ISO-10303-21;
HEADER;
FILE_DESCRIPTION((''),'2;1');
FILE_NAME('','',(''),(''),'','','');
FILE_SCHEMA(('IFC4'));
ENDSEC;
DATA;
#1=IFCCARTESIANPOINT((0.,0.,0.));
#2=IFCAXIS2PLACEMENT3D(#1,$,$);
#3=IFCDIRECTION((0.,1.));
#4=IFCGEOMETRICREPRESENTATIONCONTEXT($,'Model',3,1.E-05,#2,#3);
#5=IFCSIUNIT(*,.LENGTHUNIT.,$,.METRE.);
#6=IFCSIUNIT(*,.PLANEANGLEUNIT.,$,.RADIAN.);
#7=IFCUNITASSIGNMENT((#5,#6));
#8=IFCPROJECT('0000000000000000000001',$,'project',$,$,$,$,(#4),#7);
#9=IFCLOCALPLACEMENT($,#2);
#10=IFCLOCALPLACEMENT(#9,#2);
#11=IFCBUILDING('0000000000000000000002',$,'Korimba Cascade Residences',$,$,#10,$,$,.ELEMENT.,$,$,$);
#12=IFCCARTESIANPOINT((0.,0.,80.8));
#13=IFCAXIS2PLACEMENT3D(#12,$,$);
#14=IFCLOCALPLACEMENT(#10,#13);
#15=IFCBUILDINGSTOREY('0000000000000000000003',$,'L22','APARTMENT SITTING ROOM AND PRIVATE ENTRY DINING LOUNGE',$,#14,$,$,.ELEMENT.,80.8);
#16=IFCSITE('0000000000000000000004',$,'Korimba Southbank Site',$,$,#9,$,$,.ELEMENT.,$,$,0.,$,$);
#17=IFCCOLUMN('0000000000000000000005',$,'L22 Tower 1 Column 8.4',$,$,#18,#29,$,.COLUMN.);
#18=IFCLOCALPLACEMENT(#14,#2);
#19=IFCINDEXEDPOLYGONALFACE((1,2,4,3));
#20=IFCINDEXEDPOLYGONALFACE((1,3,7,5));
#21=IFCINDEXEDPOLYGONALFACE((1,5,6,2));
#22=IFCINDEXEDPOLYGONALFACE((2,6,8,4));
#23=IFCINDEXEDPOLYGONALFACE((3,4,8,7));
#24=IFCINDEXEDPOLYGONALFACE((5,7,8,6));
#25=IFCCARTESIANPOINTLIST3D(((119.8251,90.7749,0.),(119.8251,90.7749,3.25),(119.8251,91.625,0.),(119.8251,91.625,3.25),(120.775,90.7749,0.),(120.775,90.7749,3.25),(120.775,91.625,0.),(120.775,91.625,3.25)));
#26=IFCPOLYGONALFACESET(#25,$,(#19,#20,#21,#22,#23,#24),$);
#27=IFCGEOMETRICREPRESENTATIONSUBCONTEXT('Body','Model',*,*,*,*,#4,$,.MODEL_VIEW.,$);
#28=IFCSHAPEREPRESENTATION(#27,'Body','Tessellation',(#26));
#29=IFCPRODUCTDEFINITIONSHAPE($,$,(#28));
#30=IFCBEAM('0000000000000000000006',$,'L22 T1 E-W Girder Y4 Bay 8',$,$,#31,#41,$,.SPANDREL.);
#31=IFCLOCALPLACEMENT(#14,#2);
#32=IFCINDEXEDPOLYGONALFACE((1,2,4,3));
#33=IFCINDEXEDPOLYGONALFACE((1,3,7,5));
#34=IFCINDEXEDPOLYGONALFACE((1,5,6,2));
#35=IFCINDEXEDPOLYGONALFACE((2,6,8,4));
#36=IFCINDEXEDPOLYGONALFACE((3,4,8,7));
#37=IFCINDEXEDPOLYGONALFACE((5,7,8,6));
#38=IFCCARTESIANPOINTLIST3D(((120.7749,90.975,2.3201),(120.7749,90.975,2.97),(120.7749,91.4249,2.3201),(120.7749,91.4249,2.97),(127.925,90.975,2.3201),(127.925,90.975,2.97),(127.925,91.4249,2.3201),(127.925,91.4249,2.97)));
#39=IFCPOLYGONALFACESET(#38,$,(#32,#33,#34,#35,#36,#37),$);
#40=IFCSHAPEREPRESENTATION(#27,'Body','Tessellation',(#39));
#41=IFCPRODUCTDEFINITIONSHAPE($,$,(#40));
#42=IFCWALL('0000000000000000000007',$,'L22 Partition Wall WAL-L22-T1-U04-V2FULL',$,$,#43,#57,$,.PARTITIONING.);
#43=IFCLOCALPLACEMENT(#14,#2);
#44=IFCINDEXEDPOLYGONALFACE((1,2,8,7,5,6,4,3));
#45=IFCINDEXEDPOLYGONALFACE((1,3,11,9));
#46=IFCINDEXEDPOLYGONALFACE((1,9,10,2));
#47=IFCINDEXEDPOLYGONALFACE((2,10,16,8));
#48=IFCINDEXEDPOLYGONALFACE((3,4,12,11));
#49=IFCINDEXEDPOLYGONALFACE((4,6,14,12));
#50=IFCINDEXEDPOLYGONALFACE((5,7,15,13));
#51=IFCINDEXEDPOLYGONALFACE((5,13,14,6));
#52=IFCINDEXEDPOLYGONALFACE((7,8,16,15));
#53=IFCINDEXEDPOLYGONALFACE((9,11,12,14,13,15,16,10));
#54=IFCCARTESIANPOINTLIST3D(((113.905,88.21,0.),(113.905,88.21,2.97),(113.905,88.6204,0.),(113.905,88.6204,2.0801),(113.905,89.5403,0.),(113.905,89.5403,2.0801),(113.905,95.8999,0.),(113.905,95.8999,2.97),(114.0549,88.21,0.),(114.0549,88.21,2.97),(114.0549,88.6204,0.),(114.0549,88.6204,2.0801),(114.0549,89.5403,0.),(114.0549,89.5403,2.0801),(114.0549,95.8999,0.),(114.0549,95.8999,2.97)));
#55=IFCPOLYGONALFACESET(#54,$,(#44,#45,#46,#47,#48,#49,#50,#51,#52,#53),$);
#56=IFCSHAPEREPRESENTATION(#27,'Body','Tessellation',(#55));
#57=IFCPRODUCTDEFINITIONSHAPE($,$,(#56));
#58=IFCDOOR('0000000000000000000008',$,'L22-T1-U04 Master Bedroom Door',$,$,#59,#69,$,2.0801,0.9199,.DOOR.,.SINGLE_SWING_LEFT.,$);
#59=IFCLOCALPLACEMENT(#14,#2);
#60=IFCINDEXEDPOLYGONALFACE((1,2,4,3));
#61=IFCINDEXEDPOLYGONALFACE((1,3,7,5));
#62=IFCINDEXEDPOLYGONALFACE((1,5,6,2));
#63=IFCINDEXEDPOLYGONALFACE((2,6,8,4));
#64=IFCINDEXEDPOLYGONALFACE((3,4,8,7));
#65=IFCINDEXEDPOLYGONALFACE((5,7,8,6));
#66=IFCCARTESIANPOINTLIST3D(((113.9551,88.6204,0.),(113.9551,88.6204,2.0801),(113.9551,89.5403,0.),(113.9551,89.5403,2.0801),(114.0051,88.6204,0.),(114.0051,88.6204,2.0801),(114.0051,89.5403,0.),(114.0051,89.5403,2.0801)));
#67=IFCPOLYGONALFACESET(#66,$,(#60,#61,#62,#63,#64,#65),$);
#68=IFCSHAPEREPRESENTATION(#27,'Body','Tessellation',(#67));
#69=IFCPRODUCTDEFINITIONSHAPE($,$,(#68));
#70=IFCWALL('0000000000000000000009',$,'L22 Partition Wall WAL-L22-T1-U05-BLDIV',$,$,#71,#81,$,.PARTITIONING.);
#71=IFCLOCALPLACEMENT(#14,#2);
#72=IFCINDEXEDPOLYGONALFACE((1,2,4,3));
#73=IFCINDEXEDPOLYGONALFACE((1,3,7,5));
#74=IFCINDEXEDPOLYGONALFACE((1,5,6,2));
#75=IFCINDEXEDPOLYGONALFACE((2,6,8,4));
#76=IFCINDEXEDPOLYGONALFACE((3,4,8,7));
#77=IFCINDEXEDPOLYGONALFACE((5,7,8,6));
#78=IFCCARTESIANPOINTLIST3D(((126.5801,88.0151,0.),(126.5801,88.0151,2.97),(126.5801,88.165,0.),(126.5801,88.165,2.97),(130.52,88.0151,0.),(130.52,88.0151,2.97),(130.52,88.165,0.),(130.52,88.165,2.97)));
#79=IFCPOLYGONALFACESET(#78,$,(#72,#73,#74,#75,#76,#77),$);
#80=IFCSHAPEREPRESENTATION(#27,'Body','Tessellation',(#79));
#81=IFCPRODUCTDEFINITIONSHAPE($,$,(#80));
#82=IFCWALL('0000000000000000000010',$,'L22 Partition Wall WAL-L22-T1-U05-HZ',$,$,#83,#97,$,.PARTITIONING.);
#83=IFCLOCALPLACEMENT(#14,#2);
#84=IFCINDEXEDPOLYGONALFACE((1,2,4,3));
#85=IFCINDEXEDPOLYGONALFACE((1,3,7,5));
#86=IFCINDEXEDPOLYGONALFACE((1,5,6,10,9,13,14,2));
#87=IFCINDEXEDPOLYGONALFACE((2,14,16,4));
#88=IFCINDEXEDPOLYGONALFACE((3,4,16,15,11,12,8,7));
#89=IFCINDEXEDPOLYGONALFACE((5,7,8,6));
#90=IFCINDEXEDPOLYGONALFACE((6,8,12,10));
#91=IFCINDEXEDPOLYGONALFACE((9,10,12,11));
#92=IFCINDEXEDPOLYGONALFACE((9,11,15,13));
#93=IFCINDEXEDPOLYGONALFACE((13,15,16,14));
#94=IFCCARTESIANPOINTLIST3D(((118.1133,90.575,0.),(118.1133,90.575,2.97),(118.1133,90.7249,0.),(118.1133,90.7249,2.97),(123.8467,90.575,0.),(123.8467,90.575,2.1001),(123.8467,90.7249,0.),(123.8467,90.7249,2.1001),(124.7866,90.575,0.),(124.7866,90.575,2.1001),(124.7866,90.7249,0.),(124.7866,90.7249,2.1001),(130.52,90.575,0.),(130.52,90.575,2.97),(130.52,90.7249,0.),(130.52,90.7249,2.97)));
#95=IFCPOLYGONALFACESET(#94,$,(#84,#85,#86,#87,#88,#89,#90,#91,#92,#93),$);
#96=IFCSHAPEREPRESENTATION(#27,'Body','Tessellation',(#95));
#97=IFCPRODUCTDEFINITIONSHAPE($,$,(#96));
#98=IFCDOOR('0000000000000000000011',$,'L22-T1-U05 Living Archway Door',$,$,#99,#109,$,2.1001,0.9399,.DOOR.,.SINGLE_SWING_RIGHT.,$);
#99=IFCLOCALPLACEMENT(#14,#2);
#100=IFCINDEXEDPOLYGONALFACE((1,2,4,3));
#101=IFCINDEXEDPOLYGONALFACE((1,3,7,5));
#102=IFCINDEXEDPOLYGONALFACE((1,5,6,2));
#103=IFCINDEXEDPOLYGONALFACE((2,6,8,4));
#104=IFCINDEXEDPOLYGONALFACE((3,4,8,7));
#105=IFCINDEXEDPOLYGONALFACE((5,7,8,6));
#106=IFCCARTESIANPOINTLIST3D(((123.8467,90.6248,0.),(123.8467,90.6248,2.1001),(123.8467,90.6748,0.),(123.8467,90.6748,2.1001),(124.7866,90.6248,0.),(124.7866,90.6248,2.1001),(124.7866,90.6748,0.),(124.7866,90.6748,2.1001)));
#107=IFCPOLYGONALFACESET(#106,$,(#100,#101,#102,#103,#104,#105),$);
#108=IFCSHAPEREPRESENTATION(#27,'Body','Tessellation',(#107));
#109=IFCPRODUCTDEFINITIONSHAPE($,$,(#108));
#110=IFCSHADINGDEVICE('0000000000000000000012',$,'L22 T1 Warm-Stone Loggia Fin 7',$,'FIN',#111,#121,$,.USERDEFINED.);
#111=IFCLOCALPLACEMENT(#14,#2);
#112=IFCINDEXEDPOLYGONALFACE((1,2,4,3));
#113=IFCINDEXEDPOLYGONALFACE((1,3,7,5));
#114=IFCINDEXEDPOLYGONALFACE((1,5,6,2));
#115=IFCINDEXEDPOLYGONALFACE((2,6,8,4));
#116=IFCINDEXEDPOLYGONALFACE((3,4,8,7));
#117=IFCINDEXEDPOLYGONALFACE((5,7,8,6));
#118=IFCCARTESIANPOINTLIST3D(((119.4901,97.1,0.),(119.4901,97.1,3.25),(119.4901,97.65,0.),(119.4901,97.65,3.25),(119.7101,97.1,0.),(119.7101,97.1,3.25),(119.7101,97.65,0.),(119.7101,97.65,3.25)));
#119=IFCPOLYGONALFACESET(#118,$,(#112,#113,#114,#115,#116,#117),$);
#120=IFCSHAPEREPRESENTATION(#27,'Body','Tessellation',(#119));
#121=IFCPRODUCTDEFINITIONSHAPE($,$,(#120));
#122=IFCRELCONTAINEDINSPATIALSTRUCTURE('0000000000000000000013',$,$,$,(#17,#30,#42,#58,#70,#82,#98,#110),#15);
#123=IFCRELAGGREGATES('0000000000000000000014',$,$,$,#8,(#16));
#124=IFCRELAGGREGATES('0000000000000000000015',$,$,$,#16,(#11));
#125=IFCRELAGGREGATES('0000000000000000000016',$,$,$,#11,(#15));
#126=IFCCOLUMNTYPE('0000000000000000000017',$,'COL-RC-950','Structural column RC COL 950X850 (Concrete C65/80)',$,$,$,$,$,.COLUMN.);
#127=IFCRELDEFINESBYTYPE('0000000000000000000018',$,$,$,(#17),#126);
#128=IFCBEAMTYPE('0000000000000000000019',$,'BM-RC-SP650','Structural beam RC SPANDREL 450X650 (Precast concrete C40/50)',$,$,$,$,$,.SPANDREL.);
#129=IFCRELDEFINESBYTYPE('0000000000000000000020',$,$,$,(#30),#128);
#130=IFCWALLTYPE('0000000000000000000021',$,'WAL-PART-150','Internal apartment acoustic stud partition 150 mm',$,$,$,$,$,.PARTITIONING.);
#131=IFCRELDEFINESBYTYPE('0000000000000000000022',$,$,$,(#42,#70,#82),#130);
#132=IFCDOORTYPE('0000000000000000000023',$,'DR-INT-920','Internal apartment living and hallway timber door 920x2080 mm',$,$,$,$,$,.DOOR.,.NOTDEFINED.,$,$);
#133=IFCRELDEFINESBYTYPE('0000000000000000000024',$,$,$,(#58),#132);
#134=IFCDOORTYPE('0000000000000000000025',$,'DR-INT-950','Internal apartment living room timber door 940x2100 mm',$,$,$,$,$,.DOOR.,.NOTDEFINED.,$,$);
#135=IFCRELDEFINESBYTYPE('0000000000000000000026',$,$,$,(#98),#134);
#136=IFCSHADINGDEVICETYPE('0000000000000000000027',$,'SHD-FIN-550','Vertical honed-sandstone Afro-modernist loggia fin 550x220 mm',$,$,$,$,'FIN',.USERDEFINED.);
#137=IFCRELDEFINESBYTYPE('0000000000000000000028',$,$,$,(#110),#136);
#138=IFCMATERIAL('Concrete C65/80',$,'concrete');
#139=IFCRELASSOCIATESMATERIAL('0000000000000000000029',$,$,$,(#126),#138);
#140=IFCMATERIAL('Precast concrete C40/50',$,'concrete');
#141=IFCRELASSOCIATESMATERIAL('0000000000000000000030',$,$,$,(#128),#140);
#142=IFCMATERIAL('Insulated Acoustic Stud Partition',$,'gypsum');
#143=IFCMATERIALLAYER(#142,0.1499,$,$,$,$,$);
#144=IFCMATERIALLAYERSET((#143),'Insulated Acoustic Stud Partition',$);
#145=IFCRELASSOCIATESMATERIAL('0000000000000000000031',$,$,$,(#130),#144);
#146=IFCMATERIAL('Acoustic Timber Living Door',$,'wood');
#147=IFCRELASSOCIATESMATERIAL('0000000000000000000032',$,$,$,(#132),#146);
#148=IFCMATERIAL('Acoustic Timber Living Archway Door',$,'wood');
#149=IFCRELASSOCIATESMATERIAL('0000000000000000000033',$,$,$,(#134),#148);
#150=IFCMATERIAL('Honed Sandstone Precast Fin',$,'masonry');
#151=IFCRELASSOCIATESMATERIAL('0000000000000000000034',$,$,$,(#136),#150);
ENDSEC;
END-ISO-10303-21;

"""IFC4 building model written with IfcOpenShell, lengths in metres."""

from ifc_helpers import new_model, si_unit, direction, frame, frame_2d, origin, origin_2d, place, context, subcontext, project, spatial, rectangle, extrude, material, layer, layer_set, material_profile, profile_set, type_object, element, fill, save


model = new_model("IFC4")

# Units and contexts
model_context = context("Model", 3, precision=1e-05, world=origin(), true_north=direction((0.0, 1.0)))
body_context = subcontext(model_context, "Body", "Model", "MODEL_VIEW")
ifc_project = project(units=[si_unit("LENGTHUNIT", "METRE"), si_unit("PLANEANGLEUNIT", "RADIAN")], contexts=[model_context])

# Site, building, storey
site_placement = place(None, origin())
site = spatial("IfcSite", under=ifc_project, at=site_placement, Name="Korimba Southbank Site", CompositionType="ELEMENT", RefElevation=0.0)
building_placement = place(site_placement, origin())
building = spatial("IfcBuilding", under=site, at=building_placement, Name="Korimba Cascade Residences", CompositionType="ELEMENT")
storey_placement = place(building_placement, frame((0.0, 0.0, 80.8)))
storey = spatial("IfcBuildingStorey", under=building, at=storey_placement, Name="L22", Description="APARTMENT SITTING ROOM AND PRIVATE ENTRY DINING LOUNGE", CompositionType="ELEMENT", Elevation=80.8)

# Column
ifc_material_1 = material(Name="Concrete C65/80", Category="concrete")
ifc_material_profile_1 = material_profile(ifc_material_1, rectangle(XDim=0.95, YDim=0.8501, at=origin_2d()), Name="Concrete C65/80")
ifc_profile_set_1 = profile_set([ifc_material_profile_1], Name="Concrete C65/80")
column_type = type_object("IfcColumnType", Name="COL-RC-950", Description="Structural column RC COL 950X850 (Concrete C65/80)", PredefinedType="COLUMN", material=ifc_profile_set_1)
column_placement = place(storey_placement, frame((120.3, 91.2, 0.0), z_axis=(0.0, 0.0, 1.0), x_axis=(1.0, 0.0, 0.0)))
element("IfcColumn", 1, at=column_placement, inside=storey, type_object=column_type, Name="L22 Tower 1 Column 8.4", PredefinedType="COLUMN", context=body_context, shape_type="SweptSolid", body=[
    extrude(rectangle(XDim=0.95, YDim=0.8501, at=origin_2d()), origin(), (0.0, 0.0, 1.0), 3.25),
])

# Beam
ifc_material_2 = material(Name="Precast concrete C40/50", Category="concrete")
ifc_material_profile_2 = material_profile(ifc_material_2, rectangle(XDim=0.45, YDim=0.6499, at=origin_2d()), Name="Precast concrete C40/50")
ifc_profile_set_2 = profile_set([ifc_material_profile_2], Name="Precast concrete C40/50")
beam_type = type_object("IfcBeamType", Name="BM-RC-SP650", Description="Structural beam RC SPANDREL 450X650 (Precast concrete C40/50)", PredefinedType="SPANDREL", material=ifc_profile_set_2)
beam_placement = place(storey_placement, frame((120.7749, 91.2, 2.645), z_axis=(1.0, 0.0, 0.0), x_axis=(0.0, 1.0, 0.0)))
element("IfcBeam", 2, at=beam_placement, inside=storey, type_object=beam_type, Name="L22 T1 E-W Girder Y4 Bay 8", PredefinedType="SPANDREL", context=body_context, shape_type="SweptSolid", body=[
    extrude(rectangle(XDim=0.45, YDim=0.6499, at=origin_2d()), origin(), (0.0, 0.0, 1.0), 7.1501),
])

# Wall, opening, door
ifc_material_3 = material(Name="Insulated Acoustic Stud Partition", Category="gypsum")
ifc_layer = layer(ifc_material_3, 0.1499)
ifc_layer_set = layer_set([ifc_layer], Name="Insulated Acoustic Stud Partition")
wall_type = type_object("IfcWallType", Name="WAL-PART-150", Description="Internal apartment acoustic stud partition 150 mm", PredefinedType="PARTITIONING", material=ifc_layer_set)
wall_1_placement = place(storey_placement, frame((113.98, 88.21, 0.0), z_axis=(0.0, 0.0, 1.0), x_axis=(0.0, 1.0, 0.0)))
wall_1 = element("IfcWall", 3, at=wall_1_placement, inside=storey, type_object=wall_type, Name="L22 Partition Wall WAL-L22-T1-U04-V2FULL", PredefinedType="PARTITIONING", context=body_context, shape_type="SweptSolid", body=[
    extrude(rectangle(XDim=7.6899, YDim=0.1499, at=frame_2d((3.845, 0.0))), origin(), (0.0, 0.0, 1.0), 2.97),
])
opening_1_placement = place(wall_1_placement, frame((0.4104, 0.0, 0.0)))
opening_1 = element("IfcOpeningElement", 4, at=opening_1_placement, cuts=wall_1, PredefinedType="OPENING", context=body_context, shape_type="SweptSolid", body=[
    extrude(rectangle(XDim=0.9199, YDim=2.0801, at=frame_2d((0.46, 1.04))), frame((0.0, 0.085, 0.0), z_axis=(0.0, -1.0, 0.0), x_axis=(1.0, 0.0, 0.0)), (0.0, 0.0, 1.0), 0.1699),
])
ifc_material_4 = material(Name="Acoustic Timber Living Door", Category="wood")
door_type_1 = type_object("IfcDoorType", Name="DR-INT-920", Description="Internal apartment living and hallway timber door 920x2080 mm", OperationType="NOTDEFINED", PredefinedType="DOOR", material=ifc_material_4)
door_1_placement = place(opening_1_placement, origin())
door_1 = element("IfcDoor", 5, at=door_1_placement, inside=storey, type_object=door_type_1, Name="L22-T1-U04 Master Bedroom Door", OperationType="SINGLE_SWING_LEFT", OverallHeight=2.0801, OverallWidth=0.9199, PredefinedType="DOOR", context=body_context, shape_type="SweptSolid", body=[
    extrude(rectangle(XDim=0.9199, YDim=2.0801, at=frame_2d((0.46, 1.04))), frame((0.0, 0.0249, 0.0), z_axis=(0.0, -1.0, 0.0), x_axis=(1.0, 0.0, 0.0)), (0.0, 0.0, 1.0), 0.05),
])
fill(opening_1, door_1)

# Wall
wall_2_placement = place(storey_placement, frame((126.5801, 88.0901, 0.0), z_axis=(0.0, 0.0, 1.0), x_axis=(1.0, 0.0, 0.0)))
element("IfcWall", 6, at=wall_2_placement, inside=storey, type_object=wall_type, Name="L22 Partition Wall WAL-L22-T1-U05-BLDIV", PredefinedType="PARTITIONING", context=body_context, shape_type="SweptSolid", body=[
    extrude(rectangle(XDim=3.9399, YDim=0.1499, at=frame_2d((1.97, 0.0))), origin(), (0.0, 0.0, 1.0), 2.97),
])

# Wall, opening, door
wall_3_placement = place(storey_placement, frame((118.1133, 90.6499, 0.0), z_axis=(0.0, 0.0, 1.0), x_axis=(1.0, 0.0, 0.0)))
wall_3 = element("IfcWall", 7, at=wall_3_placement, inside=storey, type_object=wall_type, Name="L22 Partition Wall WAL-L22-T1-U05-HZ", PredefinedType="PARTITIONING", context=body_context, shape_type="SweptSolid", body=[
    extrude(rectangle(XDim=12.4067, YDim=0.1499, at=frame_2d((6.2034, 0.0))), origin(), (0.0, 0.0, 1.0), 2.97),
])
opening_2_placement = place(wall_3_placement, frame((5.7334, 0.0, 0.0)))
opening_2 = element("IfcOpeningElement", 8, at=opening_2_placement, cuts=wall_3, PredefinedType="OPENING", context=body_context, shape_type="SweptSolid", body=[
    extrude(rectangle(XDim=0.9399, YDim=2.1001, at=frame_2d((0.47, 1.05))), frame((0.0, 0.085, 0.0), z_axis=(0.0, -1.0, 0.0), x_axis=(1.0, 0.0, 0.0)), (0.0, 0.0, 1.0), 0.1699),
])
ifc_material_5 = material(Name="Acoustic Timber Living Archway Door", Category="wood")
door_type_2 = type_object("IfcDoorType", Name="DR-INT-950", Description="Internal apartment living room timber door 940x2100 mm", OperationType="NOTDEFINED", PredefinedType="DOOR", material=ifc_material_5)
door_2_placement = place(opening_2_placement, origin())
door_2 = element("IfcDoor", 9, at=door_2_placement, inside=storey, type_object=door_type_2, Name="L22-T1-U05 Living Archway Door", OperationType="SINGLE_SWING_RIGHT", OverallHeight=2.1001, OverallWidth=0.9399, PredefinedType="DOOR", context=body_context, shape_type="SweptSolid", body=[
    extrude(rectangle(XDim=0.9399, YDim=2.1001, at=frame_2d((0.47, 1.05))), frame((0.0, 0.0249, 0.0), z_axis=(0.0, -1.0, 0.0), x_axis=(1.0, 0.0, 0.0)), (0.0, 0.0, 1.0), 0.05),
])
fill(opening_2, door_2)

# Shading device
ifc_material_6 = material(Name="Honed Sandstone Precast Fin", Category="masonry")
shading_device_type = type_object("IfcShadingDeviceType", Name="SHD-FIN-550", Description="Vertical honed-sandstone Afro-modernist loggia fin 550x220 mm", ElementType="FIN", PredefinedType="USERDEFINED", material=ifc_material_6)
shading_device_placement = place(storey_placement, frame((119.6001, 97.375, 0.0), z_axis=(0.0, 0.0, 1.0), x_axis=(1.0, 0.0, 0.0)))
element("IfcShadingDevice", 10, at=shading_device_placement, inside=storey, type_object=shading_device_type, Name="L22 T1 Warm-Stone Loggia Fin 7", ObjectType="FIN", PredefinedType="USERDEFINED", context=body_context, shape_type="SweptSolid", body=[
    extrude(rectangle(XDim=0.22, YDim=0.55, at=origin_2d()), origin(), (0.0, 0.0, 1.0), 3.25),
])

save(model, "model.ifc")
